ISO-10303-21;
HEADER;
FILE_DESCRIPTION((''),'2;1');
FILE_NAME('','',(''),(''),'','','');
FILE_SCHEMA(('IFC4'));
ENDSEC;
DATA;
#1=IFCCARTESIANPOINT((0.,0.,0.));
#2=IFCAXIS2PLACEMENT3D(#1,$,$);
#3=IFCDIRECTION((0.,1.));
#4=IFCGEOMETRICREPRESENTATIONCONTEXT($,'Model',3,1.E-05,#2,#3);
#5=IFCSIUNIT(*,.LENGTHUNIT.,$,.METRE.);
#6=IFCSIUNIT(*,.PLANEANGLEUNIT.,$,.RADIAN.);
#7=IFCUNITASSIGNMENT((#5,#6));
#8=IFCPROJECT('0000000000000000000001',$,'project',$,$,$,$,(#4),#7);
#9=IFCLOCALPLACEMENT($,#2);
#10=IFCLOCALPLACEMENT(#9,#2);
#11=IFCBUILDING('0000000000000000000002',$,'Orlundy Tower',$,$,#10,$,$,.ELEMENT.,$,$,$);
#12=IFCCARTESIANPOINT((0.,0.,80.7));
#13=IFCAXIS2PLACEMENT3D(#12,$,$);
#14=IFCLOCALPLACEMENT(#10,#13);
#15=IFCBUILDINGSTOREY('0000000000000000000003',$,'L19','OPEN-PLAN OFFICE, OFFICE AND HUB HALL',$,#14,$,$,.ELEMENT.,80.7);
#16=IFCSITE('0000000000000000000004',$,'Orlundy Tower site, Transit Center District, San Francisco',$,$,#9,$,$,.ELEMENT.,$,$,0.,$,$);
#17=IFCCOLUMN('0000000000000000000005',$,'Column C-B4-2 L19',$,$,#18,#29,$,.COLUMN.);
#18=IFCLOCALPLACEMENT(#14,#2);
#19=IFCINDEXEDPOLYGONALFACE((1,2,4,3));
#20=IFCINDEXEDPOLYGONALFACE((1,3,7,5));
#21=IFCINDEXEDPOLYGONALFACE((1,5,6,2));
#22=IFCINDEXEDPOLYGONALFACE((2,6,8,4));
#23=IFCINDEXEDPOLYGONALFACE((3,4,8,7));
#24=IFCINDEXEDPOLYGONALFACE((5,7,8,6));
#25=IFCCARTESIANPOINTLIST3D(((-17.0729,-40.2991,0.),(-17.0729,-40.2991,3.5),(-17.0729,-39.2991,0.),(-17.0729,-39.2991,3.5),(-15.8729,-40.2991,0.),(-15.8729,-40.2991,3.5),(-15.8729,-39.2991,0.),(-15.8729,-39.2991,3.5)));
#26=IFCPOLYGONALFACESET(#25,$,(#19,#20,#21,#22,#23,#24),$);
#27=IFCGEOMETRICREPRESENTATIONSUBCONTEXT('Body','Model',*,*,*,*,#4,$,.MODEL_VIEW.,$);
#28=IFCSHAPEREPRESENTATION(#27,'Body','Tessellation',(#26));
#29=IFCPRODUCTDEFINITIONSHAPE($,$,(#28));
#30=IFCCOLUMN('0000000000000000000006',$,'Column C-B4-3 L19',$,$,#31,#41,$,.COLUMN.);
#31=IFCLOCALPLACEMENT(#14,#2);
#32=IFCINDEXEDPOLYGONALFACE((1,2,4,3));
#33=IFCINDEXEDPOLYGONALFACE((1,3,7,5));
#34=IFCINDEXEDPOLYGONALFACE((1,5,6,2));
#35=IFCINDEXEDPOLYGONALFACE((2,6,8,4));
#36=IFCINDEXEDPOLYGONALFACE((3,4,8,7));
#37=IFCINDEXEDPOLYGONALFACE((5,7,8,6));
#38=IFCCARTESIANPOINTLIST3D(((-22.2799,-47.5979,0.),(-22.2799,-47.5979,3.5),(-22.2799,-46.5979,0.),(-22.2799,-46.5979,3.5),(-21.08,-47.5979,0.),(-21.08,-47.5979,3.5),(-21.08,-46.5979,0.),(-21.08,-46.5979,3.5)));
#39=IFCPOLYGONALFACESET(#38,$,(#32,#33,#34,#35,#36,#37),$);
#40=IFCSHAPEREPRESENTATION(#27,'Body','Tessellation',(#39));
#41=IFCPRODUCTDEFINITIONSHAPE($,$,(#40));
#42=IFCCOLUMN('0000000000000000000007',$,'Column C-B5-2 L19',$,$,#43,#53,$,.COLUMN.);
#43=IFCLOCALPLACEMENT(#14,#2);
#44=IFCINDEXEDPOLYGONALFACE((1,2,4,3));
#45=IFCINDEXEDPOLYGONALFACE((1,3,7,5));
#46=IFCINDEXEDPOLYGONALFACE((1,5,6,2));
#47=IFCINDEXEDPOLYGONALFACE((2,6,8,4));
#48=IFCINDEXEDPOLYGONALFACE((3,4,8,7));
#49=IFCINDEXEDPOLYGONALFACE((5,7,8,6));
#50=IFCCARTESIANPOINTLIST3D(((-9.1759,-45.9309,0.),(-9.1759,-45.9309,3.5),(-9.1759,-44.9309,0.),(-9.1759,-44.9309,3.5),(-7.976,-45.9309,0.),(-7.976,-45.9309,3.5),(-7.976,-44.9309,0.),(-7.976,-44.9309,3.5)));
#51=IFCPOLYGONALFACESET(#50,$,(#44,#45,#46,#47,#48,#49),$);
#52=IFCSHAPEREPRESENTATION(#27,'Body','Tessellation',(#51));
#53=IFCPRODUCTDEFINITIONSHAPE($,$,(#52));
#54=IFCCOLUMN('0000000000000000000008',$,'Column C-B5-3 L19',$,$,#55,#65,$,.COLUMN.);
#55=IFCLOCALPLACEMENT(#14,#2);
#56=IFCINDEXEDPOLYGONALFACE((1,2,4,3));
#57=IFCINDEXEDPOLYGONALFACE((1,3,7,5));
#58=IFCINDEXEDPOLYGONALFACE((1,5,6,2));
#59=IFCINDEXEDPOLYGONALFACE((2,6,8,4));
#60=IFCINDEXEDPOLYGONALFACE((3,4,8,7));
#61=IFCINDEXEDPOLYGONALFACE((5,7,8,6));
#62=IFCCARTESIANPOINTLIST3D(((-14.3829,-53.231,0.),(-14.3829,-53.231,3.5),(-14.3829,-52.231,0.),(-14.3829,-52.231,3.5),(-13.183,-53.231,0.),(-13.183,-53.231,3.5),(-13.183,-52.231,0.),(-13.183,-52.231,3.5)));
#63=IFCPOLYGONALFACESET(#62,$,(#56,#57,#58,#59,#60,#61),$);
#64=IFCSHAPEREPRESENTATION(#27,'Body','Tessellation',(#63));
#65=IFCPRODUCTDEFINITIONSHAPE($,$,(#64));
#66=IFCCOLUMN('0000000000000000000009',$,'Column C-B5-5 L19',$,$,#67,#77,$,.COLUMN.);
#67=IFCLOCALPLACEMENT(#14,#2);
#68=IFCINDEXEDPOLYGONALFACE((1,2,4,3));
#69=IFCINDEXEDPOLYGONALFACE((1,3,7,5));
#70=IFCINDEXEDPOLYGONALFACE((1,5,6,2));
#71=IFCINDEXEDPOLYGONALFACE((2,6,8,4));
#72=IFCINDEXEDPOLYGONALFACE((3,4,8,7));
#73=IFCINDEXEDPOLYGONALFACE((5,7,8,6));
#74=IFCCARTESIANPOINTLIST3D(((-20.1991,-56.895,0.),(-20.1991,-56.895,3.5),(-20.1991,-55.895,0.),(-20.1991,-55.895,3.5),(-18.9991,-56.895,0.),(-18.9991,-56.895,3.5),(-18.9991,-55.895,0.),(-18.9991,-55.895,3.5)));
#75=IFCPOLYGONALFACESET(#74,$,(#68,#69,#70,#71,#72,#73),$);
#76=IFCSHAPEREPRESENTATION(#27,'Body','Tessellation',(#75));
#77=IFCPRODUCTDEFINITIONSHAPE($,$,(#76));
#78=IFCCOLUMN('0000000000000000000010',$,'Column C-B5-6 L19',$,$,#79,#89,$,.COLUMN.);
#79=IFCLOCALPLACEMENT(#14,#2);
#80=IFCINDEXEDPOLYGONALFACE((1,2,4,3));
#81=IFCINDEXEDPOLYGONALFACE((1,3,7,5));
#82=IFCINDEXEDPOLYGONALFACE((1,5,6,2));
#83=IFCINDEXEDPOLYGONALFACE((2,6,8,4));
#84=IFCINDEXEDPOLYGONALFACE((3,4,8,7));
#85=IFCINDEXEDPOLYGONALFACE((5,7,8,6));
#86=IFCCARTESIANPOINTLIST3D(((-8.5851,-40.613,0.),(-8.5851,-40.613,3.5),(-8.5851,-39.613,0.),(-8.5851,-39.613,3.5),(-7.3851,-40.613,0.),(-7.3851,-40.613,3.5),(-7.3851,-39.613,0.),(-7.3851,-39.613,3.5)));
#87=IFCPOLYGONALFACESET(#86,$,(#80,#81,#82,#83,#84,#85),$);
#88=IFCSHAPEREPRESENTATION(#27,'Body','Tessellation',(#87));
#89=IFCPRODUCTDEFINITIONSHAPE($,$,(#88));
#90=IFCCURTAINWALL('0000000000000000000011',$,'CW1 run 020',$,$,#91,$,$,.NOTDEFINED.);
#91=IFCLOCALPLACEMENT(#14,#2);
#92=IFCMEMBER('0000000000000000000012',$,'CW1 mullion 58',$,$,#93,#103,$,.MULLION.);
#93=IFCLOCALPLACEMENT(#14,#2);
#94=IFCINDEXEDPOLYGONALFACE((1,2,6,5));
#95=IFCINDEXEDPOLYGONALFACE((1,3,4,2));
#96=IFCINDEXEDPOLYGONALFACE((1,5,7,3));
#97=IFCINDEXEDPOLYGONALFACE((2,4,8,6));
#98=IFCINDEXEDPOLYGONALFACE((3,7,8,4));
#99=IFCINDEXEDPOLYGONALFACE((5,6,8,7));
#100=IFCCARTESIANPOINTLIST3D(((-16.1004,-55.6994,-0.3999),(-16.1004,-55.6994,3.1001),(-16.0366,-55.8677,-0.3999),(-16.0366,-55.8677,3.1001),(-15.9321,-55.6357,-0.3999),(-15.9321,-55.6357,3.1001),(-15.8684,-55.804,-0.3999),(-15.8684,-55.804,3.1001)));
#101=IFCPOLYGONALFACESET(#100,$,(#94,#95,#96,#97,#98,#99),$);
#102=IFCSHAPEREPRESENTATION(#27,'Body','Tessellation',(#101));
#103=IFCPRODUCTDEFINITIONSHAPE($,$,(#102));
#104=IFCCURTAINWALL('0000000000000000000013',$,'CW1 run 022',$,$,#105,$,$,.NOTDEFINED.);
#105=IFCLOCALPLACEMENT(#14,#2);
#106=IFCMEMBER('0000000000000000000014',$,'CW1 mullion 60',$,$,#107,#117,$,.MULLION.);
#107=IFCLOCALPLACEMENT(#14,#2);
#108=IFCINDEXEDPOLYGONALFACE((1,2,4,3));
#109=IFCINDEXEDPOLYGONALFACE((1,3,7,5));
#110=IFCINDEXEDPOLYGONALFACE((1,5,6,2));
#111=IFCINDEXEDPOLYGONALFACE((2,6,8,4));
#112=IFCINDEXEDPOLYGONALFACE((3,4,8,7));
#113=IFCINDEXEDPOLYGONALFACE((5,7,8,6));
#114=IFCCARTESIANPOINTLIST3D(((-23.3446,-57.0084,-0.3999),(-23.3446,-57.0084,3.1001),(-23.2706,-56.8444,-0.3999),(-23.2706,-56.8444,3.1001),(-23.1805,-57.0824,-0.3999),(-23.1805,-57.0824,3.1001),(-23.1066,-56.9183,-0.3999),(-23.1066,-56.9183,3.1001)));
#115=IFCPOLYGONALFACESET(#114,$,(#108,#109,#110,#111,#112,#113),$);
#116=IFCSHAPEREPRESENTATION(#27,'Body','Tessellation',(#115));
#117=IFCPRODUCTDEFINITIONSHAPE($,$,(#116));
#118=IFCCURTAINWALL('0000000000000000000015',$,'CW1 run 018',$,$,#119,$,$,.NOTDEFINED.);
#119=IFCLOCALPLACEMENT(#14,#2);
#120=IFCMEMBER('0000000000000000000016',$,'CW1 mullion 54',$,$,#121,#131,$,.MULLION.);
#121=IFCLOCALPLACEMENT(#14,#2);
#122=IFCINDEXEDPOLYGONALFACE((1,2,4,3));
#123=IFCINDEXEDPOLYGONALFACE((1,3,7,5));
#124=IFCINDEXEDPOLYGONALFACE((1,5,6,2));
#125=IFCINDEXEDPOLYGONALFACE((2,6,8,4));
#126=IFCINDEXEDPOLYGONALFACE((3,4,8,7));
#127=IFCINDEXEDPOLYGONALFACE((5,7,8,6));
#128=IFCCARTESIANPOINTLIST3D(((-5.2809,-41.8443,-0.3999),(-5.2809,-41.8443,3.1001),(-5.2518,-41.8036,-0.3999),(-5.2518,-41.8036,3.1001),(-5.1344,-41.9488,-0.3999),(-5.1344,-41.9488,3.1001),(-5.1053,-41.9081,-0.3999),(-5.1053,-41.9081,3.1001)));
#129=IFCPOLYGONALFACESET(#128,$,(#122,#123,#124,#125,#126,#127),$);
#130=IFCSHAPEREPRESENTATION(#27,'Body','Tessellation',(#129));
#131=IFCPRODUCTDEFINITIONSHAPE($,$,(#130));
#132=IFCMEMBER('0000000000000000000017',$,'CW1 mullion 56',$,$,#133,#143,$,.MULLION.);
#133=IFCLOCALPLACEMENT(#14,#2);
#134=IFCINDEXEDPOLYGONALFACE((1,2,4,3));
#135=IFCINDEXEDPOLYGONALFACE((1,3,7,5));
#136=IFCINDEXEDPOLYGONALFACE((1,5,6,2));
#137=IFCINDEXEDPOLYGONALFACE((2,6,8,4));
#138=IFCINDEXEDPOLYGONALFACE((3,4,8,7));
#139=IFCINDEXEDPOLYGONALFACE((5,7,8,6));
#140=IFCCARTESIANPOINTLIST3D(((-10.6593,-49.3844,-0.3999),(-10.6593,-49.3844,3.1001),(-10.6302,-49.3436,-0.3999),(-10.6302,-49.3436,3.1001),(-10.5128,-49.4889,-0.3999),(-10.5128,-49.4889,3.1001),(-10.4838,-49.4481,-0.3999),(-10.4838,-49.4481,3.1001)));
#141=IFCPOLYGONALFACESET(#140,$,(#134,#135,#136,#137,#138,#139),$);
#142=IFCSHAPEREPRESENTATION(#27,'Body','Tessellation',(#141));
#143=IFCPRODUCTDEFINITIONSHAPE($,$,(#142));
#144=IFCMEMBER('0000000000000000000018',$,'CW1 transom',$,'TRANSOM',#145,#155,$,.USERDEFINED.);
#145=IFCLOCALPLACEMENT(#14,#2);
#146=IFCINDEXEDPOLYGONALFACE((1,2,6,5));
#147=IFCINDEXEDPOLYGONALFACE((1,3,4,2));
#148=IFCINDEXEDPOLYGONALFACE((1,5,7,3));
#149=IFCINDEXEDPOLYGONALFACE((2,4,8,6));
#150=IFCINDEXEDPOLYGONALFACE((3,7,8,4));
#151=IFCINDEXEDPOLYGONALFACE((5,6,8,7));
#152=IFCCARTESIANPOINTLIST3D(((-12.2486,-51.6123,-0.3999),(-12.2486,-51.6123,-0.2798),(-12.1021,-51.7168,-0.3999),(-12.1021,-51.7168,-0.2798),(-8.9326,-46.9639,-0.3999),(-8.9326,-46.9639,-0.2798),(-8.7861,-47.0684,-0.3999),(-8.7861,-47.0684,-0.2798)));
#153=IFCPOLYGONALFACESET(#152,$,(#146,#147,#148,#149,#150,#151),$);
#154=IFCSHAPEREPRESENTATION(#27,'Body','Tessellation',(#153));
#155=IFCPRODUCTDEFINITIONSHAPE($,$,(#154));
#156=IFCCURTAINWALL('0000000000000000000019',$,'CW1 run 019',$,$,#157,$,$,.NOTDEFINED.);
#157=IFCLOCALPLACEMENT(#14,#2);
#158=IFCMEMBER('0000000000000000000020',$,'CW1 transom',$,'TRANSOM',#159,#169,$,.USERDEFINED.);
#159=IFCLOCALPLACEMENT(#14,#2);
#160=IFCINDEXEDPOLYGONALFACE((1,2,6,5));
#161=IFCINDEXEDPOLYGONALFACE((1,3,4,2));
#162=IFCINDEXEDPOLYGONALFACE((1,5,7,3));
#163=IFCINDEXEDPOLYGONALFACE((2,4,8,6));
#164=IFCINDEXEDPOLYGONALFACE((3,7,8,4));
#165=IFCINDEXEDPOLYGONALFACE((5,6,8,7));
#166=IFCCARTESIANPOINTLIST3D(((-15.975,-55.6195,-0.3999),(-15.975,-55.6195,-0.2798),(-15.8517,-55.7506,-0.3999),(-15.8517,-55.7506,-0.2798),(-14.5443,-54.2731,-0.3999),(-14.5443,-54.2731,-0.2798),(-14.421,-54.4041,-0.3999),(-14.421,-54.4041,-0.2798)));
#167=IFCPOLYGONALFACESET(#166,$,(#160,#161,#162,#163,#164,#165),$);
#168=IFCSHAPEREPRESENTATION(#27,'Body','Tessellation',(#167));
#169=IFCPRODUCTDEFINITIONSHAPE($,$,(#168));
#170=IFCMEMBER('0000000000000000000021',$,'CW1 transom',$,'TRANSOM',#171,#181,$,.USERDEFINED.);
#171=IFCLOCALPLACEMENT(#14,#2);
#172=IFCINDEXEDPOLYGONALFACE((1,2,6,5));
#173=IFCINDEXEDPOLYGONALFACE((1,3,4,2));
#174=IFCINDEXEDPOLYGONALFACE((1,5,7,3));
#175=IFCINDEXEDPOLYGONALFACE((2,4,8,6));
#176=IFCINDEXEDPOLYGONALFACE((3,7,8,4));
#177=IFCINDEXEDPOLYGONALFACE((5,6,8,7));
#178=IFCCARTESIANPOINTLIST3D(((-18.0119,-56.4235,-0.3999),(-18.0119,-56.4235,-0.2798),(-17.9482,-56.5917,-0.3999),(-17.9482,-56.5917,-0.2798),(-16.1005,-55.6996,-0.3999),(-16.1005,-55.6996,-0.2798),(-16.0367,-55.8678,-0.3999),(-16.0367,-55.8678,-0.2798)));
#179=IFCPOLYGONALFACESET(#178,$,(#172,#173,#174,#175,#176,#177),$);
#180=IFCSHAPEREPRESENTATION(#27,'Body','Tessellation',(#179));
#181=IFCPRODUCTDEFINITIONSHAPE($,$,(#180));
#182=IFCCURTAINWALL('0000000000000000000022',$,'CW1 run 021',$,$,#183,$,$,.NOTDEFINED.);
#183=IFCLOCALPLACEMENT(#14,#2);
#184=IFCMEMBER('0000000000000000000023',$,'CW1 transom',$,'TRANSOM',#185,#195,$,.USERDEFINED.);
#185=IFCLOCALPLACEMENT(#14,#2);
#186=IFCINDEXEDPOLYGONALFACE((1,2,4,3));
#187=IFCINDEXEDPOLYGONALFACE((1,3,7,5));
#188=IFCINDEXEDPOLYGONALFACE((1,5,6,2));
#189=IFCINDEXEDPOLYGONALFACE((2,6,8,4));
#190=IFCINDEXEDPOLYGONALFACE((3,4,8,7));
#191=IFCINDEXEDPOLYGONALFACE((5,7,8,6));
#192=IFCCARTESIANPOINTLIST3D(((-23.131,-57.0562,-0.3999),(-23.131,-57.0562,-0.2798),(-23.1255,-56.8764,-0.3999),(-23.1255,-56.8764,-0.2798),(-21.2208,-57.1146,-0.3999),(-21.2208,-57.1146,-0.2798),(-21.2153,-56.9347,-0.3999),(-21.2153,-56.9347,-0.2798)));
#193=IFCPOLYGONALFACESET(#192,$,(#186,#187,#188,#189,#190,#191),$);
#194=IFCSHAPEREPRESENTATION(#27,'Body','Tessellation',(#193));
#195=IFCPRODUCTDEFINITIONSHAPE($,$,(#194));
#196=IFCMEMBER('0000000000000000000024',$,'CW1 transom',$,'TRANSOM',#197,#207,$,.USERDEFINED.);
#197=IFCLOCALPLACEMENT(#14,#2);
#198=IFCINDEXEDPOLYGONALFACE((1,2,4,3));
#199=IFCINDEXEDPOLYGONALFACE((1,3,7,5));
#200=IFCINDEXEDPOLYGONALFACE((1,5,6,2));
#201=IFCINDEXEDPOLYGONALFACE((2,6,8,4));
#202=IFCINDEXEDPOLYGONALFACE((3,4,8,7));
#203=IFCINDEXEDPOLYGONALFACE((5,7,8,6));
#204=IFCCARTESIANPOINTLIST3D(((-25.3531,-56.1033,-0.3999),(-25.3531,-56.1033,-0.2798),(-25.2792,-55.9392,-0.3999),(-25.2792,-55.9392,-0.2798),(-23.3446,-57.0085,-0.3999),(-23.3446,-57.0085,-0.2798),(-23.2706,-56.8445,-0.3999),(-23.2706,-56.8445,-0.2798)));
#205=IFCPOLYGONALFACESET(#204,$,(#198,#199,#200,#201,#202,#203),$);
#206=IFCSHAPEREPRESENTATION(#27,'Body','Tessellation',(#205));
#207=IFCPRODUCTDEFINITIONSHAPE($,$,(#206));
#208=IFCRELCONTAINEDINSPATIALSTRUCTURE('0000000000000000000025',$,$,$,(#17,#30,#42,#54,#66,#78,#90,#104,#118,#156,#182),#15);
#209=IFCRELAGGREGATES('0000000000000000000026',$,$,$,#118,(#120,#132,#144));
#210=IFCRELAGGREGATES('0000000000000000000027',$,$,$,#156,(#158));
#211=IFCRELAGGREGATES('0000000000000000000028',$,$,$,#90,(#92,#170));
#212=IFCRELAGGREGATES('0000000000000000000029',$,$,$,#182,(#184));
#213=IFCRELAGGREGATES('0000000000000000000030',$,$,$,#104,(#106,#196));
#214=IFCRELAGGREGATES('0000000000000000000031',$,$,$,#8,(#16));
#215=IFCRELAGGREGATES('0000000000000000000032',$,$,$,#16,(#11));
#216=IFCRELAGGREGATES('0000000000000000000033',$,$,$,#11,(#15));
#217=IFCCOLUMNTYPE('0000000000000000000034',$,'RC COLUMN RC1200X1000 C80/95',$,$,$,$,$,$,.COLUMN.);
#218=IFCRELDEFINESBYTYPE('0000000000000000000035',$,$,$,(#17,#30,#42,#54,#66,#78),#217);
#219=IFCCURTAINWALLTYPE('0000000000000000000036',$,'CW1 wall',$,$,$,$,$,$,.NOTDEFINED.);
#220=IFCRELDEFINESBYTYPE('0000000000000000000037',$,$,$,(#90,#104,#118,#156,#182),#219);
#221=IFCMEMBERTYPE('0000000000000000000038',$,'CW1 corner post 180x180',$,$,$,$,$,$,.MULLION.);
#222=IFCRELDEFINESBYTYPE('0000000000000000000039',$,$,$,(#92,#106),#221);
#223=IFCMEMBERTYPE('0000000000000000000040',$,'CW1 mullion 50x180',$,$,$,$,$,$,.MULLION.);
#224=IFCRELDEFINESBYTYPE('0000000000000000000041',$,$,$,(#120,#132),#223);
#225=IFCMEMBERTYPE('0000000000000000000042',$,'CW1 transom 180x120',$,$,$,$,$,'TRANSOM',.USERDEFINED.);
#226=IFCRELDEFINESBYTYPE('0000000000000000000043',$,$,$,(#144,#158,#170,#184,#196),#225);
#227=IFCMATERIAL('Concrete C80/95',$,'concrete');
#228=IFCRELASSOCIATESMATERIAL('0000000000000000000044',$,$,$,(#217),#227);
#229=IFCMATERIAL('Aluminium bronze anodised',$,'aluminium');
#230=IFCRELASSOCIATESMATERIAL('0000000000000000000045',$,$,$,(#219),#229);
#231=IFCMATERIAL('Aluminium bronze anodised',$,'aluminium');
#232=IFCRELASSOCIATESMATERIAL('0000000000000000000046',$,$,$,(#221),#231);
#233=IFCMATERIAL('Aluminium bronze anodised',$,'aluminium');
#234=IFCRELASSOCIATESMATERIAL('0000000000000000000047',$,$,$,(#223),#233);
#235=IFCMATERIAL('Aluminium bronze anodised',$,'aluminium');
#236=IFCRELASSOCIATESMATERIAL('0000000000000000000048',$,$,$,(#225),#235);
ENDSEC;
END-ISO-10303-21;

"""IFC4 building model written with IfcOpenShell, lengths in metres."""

from ifc_helpers import new_model, si_unit, direction, frame, origin, origin_2d, place, context, subcontext, project, spatial, rectangle, extrude, material, material_profile, profile_set, type_object, element, aggregate, save


model = new_model("IFC4")

# Units and contexts
model_context = context("Model", 3, precision=1e-05, world=origin(), true_north=direction((0.0, 1.0)))
body_context = subcontext(model_context, "Body", "Model", "MODEL_VIEW")
ifc_project = project(units=[si_unit("LENGTHUNIT", "METRE"), si_unit("PLANEANGLEUNIT", "RADIAN")], contexts=[model_context])

# Site, building, storey
site_placement = place(None, origin())
site = spatial("IfcSite", under=ifc_project, at=site_placement, Name="Orlundy Tower site, Transit Center District, San Francisco", CompositionType="ELEMENT", RefElevation=0.0)
building_placement = place(site_placement, origin())
building = spatial("IfcBuilding", under=site, at=building_placement, Name="Orlundy Tower", CompositionType="ELEMENT")
storey_placement = place(building_placement, frame((0.0, 0.0, 80.7)))
storey = spatial("IfcBuildingStorey", under=building, at=storey_placement, Name="L19", Description="OPEN-PLAN OFFICE, OFFICE AND HUB HALL", CompositionType="ELEMENT", Elevation=80.7)

# Columns
ifc_material_1 = material(Name="Concrete C80/95", Category="concrete")
ifc_material_profile_1 = material_profile(ifc_material_1, rectangle(XDim=1.2, YDim=1.0, at=origin_2d()), Name="RC1200X1000")
ifc_profile_set_1 = profile_set([ifc_material_profile_1], Name="Concrete C80/95")
column_type = type_object("IfcColumnType", Name="RC COLUMN RC1200X1000 C80/95", PredefinedType="COLUMN", material=ifc_profile_set_1)
for number, where, z_axis, x_axis, name in (
    (1, (-16.4729, -39.7991, 0.0), (0.0, 0.0, 1.0), (1.0, 0.0, 0.0), "Column C-B4-2 L19"),
    (2, (-21.6799, -47.0979, 0.0), (0.0, 0.0, 1.0), (1.0, 0.0, 0.0), "Column C-B4-3 L19"),
    (3, (-8.5759, -45.4309, 0.0), (0.0, 0.0, 1.0), (1.0, 0.0, 0.0), "Column C-B5-2 L19"),
    (4, (-13.783, -52.731, 0.0), (0.0, 0.0, 1.0), (1.0, 0.0, 0.0), "Column C-B5-3 L19"),
    (5, (-19.5991, -56.395, 0.0), (0.0, 0.0, 1.0), (1.0, 0.0, 0.0), "Column C-B5-5 L19"),
    (6, (-7.9851, -40.113, 0.0), (0.0, 0.0, 1.0), (1.0, 0.0, 0.0), "Column C-B5-6 L19"),
):
    element("IfcColumn", number, at=place(storey_placement, frame(where, z_axis=z_axis, x_axis=x_axis)), inside=storey, type_object=column_type, Name=name, PredefinedType="COLUMN", context=body_context, shape_type="SweptSolid", body=[
        extrude(rectangle(XDim=1.2, YDim=1.0, at=origin_2d()), origin(), (0.0, 0.0, 1.0), 3.5),
    ])

# Curtain walls, members
ifc_material_2 = material(Name="Aluminium bronze anodised", Category="aluminium")
curtain_wall_type = type_object("IfcCurtainWallType", Name="CW1 wall", PredefinedType="NOTDEFINED", material=ifc_material_2)
curtain_wall_1_placement = place(storey_placement, origin())
curtain_wall_1 = element("IfcCurtainWall", 7, at=curtain_wall_1_placement, inside=storey, type_object=curtain_wall_type, Name="CW1 run 020", PredefinedType="NOTDEFINED")
ifc_material_3 = material(Name="Aluminium bronze anodised", Category="aluminium")
ifc_material_profile_2 = material_profile(ifc_material_3, rectangle(XDim=0.1799, YDim=0.1799, at=origin_2d()), Name="CW1 corner post 180x180")
ifc_profile_set_2 = profile_set([ifc_material_profile_2], Name="Aluminium bronze anodised")
member_type_1 = type_object("IfcMemberType", Name="CW1 corner post 180x180", PredefinedType="MULLION", material=ifc_profile_set_2)
member_1_placement = place(storey_placement, frame((-15.9844, -55.7517, -0.3999), z_axis=(0.0, 0.0, 1.0), x_axis=(0.354166, -0.935182, 0.0)))
member_1 = element("IfcMember", 8, at=member_1_placement, type_object=member_type_1, Name="CW1 mullion 58", PredefinedType="MULLION", context=body_context, shape_type="SweptSolid", body=[
    extrude(rectangle(XDim=0.1799, YDim=0.1799, at=origin_2d()), origin(), (0.0, 0.0, 1.0), 3.5),
])
curtain_wall_2_placement = place(storey_placement, origin())
curtain_wall_2 = element("IfcCurtainWall", 9, at=curtain_wall_2_placement, inside=storey, type_object=curtain_wall_type, Name="CW1 run 022", PredefinedType="NOTDEFINED")
member_2_placement = place(storey_placement, frame((-23.2256, -56.9634, -0.3999), z_axis=(0.0, 0.0, 1.0), x_axis=(-0.410914, -0.911674, 0.0)))
member_2 = element("IfcMember", 10, at=member_2_placement, type_object=member_type_1, Name="CW1 mullion 60", PredefinedType="MULLION", context=body_context, shape_type="SweptSolid", body=[
    extrude(rectangle(XDim=0.1799, YDim=0.1799, at=origin_2d()), origin(), (0.0, 0.0, 1.0), 3.5),
])

# Curtain wall, members
curtain_wall_3_placement = place(storey_placement, origin())
curtain_wall_3 = element("IfcCurtainWall", 11, at=curtain_wall_3_placement, inside=storey, type_object=curtain_wall_type, Name="CW1 run 018", PredefinedType="NOTDEFINED")
ifc_material_4 = material(Name="Aluminium bronze anodised", Category="aluminium")
ifc_material_profile_3 = material_profile(ifc_material_4, rectangle(XDim=0.1799, YDim=0.05, at=origin_2d()), Name="CW1 mullion 50x180")
ifc_profile_set_3 = profile_set([ifc_material_profile_3], Name="Aluminium bronze anodised")
member_type_2 = type_object("IfcMemberType", Name="CW1 mullion 50x180", PredefinedType="MULLION", material=ifc_profile_set_3)
member_3_placement = place(storey_placement, frame((-5.1931, -41.8762, -0.3999), z_axis=(0.0, 0.0, 1.0), x_axis=(0.81411, -0.58071, 0.0)))
member_3 = element("IfcMember", 12, at=member_3_placement, type_object=member_type_2, Name="CW1 mullion 54", PredefinedType="MULLION", context=body_context, shape_type="SweptSolid", body=[
    extrude(rectangle(XDim=0.1799, YDim=0.05, at=origin_2d()), origin(), (0.0, 0.0, 1.0), 3.5),
])
member_4_placement = place(storey_placement, frame((-10.5715, -49.4163, -0.3999), z_axis=(0.0, 0.0, 1.0), x_axis=(0.81411, -0.58071, 0.0)))
member_4 = element("IfcMember", 13, at=member_4_placement, type_object=member_type_2, Name="CW1 mullion 56", PredefinedType="MULLION", context=body_context, shape_type="SweptSolid", body=[
    extrude(rectangle(XDim=0.1799, YDim=0.05, at=origin_2d()), origin(), (0.0, 0.0, 1.0), 3.5),
])
ifc_material_5 = material(Name="Aluminium bronze anodised", Category="aluminium")
ifc_material_profile_4 = material_profile(ifc_material_5, rectangle(XDim=0.1799, YDim=0.1201, at=origin_2d()), Name="CW1 transom 180x120")
ifc_profile_set_4 = profile_set([ifc_material_profile_4], Name="Aluminium bronze anodised")
member_type_3 = type_object("IfcMemberType", Name="CW1 transom 180x120", ElementType="TRANSOM", PredefinedType="USERDEFINED", material=ifc_profile_set_4)
member_5_placement = place(storey_placement, frame((-8.8594, -47.0161, -0.3398), z_axis=(-0.580728, -0.814097, 0.0), x_axis=(0.814097, -0.580728, 0.0)))
member_5 = element("IfcMember", 14, at=member_5_placement, type_object=member_type_3, Name="CW1 transom", ObjectType="TRANSOM", PredefinedType="USERDEFINED", context=body_context, shape_type="SweptSolid", body=[
    extrude(rectangle(XDim=0.1799, YDim=0.1201, at=origin_2d()), origin(), (0.0, 0.0, 1.0), 5.71),
])

# Curtain wall, member
curtain_wall_4_placement = place(storey_placement, origin())
curtain_wall_4 = element("IfcCurtainWall", 15, at=curtain_wall_4_placement, inside=storey, type_object=curtain_wall_type, Name="CW1 run 019", PredefinedType="NOTDEFINED")
member_6_placement = place(storey_placement, frame((-14.4827, -54.3386, -0.3398), z_axis=(-0.728218, -0.685345, 0.0), x_axis=(0.685345, -0.728218, 0.0)))
member_6 = element("IfcMember", 16, at=member_6_placement, type_object=member_type_3, Name="CW1 transom", ObjectType="TRANSOM", PredefinedType="USERDEFINED", context=body_context, shape_type="SweptSolid", body=[
    extrude(rectangle(XDim=0.1799, YDim=0.1201, at=origin_2d()), origin(), (0.0, 0.0, 1.0), 1.9646),
])

# Member
member_7_placement = place(storey_placement, frame((-16.0686, -55.7837, -0.3398), z_axis=(-0.93518, -0.354172, 0.0), x_axis=(0.354172, -0.93518, 0.0)))
member_7 = element("IfcMember", 17, at=member_7_placement, type_object=member_type_3, Name="CW1 transom", ObjectType="TRANSOM", PredefinedType="USERDEFINED", context=body_context, shape_type="SweptSolid", body=[
    extrude(rectangle(XDim=0.1799, YDim=0.1201, at=origin_2d()), origin(), (0.0, 0.0, 1.0), 2.0439),
])

# Curtain wall, member
curtain_wall_5_placement = place(storey_placement, origin())
curtain_wall_5 = element("IfcCurtainWall", 18, at=curtain_wall_5_placement, inside=storey, type_object=curtain_wall_type, Name="CW1 run 021", PredefinedType="NOTDEFINED")
member_8_placement = place(storey_placement, frame((-21.218, -57.0247, -0.3398), z_axis=(-0.999534, 0.030533, 0.0), x_axis=(-0.030533, -0.999534, 0.0)))
member_8 = element("IfcMember", 19, at=member_8_placement, type_object=member_type_3, Name="CW1 transom", ObjectType="TRANSOM", PredefinedType="USERDEFINED", context=body_context, shape_type="SweptSolid", body=[
    extrude(rectangle(XDim=0.1799, YDim=0.1201, at=origin_2d()), origin(), (0.0, 0.0, 1.0), 1.9111),
])

# Member
member_9_placement = place(storey_placement, frame((-23.3076, -56.9265, -0.3398), z_axis=(-0.911679, 0.410904, 0.0), x_axis=(-0.410904, -0.911679, 0.0)))
member_9 = element("IfcMember", 20, at=member_9_placement, type_object=member_type_3, Name="CW1 transom", ObjectType="TRANSOM", PredefinedType="USERDEFINED", context=body_context, shape_type="SweptSolid", body=[
    extrude(rectangle(XDim=0.1799, YDim=0.1201, at=origin_2d()), origin(), (0.0, 0.0, 1.0), 2.2031),
])

aggregate(curtain_wall_3, [member_3, member_4, member_5])
aggregate(curtain_wall_4, [member_6])
aggregate(curtain_wall_1, [member_1, member_7])
aggregate(curtain_wall_5, [member_8])
aggregate(curtain_wall_2, [member_2, member_9])

save(model, "model.ifc")
